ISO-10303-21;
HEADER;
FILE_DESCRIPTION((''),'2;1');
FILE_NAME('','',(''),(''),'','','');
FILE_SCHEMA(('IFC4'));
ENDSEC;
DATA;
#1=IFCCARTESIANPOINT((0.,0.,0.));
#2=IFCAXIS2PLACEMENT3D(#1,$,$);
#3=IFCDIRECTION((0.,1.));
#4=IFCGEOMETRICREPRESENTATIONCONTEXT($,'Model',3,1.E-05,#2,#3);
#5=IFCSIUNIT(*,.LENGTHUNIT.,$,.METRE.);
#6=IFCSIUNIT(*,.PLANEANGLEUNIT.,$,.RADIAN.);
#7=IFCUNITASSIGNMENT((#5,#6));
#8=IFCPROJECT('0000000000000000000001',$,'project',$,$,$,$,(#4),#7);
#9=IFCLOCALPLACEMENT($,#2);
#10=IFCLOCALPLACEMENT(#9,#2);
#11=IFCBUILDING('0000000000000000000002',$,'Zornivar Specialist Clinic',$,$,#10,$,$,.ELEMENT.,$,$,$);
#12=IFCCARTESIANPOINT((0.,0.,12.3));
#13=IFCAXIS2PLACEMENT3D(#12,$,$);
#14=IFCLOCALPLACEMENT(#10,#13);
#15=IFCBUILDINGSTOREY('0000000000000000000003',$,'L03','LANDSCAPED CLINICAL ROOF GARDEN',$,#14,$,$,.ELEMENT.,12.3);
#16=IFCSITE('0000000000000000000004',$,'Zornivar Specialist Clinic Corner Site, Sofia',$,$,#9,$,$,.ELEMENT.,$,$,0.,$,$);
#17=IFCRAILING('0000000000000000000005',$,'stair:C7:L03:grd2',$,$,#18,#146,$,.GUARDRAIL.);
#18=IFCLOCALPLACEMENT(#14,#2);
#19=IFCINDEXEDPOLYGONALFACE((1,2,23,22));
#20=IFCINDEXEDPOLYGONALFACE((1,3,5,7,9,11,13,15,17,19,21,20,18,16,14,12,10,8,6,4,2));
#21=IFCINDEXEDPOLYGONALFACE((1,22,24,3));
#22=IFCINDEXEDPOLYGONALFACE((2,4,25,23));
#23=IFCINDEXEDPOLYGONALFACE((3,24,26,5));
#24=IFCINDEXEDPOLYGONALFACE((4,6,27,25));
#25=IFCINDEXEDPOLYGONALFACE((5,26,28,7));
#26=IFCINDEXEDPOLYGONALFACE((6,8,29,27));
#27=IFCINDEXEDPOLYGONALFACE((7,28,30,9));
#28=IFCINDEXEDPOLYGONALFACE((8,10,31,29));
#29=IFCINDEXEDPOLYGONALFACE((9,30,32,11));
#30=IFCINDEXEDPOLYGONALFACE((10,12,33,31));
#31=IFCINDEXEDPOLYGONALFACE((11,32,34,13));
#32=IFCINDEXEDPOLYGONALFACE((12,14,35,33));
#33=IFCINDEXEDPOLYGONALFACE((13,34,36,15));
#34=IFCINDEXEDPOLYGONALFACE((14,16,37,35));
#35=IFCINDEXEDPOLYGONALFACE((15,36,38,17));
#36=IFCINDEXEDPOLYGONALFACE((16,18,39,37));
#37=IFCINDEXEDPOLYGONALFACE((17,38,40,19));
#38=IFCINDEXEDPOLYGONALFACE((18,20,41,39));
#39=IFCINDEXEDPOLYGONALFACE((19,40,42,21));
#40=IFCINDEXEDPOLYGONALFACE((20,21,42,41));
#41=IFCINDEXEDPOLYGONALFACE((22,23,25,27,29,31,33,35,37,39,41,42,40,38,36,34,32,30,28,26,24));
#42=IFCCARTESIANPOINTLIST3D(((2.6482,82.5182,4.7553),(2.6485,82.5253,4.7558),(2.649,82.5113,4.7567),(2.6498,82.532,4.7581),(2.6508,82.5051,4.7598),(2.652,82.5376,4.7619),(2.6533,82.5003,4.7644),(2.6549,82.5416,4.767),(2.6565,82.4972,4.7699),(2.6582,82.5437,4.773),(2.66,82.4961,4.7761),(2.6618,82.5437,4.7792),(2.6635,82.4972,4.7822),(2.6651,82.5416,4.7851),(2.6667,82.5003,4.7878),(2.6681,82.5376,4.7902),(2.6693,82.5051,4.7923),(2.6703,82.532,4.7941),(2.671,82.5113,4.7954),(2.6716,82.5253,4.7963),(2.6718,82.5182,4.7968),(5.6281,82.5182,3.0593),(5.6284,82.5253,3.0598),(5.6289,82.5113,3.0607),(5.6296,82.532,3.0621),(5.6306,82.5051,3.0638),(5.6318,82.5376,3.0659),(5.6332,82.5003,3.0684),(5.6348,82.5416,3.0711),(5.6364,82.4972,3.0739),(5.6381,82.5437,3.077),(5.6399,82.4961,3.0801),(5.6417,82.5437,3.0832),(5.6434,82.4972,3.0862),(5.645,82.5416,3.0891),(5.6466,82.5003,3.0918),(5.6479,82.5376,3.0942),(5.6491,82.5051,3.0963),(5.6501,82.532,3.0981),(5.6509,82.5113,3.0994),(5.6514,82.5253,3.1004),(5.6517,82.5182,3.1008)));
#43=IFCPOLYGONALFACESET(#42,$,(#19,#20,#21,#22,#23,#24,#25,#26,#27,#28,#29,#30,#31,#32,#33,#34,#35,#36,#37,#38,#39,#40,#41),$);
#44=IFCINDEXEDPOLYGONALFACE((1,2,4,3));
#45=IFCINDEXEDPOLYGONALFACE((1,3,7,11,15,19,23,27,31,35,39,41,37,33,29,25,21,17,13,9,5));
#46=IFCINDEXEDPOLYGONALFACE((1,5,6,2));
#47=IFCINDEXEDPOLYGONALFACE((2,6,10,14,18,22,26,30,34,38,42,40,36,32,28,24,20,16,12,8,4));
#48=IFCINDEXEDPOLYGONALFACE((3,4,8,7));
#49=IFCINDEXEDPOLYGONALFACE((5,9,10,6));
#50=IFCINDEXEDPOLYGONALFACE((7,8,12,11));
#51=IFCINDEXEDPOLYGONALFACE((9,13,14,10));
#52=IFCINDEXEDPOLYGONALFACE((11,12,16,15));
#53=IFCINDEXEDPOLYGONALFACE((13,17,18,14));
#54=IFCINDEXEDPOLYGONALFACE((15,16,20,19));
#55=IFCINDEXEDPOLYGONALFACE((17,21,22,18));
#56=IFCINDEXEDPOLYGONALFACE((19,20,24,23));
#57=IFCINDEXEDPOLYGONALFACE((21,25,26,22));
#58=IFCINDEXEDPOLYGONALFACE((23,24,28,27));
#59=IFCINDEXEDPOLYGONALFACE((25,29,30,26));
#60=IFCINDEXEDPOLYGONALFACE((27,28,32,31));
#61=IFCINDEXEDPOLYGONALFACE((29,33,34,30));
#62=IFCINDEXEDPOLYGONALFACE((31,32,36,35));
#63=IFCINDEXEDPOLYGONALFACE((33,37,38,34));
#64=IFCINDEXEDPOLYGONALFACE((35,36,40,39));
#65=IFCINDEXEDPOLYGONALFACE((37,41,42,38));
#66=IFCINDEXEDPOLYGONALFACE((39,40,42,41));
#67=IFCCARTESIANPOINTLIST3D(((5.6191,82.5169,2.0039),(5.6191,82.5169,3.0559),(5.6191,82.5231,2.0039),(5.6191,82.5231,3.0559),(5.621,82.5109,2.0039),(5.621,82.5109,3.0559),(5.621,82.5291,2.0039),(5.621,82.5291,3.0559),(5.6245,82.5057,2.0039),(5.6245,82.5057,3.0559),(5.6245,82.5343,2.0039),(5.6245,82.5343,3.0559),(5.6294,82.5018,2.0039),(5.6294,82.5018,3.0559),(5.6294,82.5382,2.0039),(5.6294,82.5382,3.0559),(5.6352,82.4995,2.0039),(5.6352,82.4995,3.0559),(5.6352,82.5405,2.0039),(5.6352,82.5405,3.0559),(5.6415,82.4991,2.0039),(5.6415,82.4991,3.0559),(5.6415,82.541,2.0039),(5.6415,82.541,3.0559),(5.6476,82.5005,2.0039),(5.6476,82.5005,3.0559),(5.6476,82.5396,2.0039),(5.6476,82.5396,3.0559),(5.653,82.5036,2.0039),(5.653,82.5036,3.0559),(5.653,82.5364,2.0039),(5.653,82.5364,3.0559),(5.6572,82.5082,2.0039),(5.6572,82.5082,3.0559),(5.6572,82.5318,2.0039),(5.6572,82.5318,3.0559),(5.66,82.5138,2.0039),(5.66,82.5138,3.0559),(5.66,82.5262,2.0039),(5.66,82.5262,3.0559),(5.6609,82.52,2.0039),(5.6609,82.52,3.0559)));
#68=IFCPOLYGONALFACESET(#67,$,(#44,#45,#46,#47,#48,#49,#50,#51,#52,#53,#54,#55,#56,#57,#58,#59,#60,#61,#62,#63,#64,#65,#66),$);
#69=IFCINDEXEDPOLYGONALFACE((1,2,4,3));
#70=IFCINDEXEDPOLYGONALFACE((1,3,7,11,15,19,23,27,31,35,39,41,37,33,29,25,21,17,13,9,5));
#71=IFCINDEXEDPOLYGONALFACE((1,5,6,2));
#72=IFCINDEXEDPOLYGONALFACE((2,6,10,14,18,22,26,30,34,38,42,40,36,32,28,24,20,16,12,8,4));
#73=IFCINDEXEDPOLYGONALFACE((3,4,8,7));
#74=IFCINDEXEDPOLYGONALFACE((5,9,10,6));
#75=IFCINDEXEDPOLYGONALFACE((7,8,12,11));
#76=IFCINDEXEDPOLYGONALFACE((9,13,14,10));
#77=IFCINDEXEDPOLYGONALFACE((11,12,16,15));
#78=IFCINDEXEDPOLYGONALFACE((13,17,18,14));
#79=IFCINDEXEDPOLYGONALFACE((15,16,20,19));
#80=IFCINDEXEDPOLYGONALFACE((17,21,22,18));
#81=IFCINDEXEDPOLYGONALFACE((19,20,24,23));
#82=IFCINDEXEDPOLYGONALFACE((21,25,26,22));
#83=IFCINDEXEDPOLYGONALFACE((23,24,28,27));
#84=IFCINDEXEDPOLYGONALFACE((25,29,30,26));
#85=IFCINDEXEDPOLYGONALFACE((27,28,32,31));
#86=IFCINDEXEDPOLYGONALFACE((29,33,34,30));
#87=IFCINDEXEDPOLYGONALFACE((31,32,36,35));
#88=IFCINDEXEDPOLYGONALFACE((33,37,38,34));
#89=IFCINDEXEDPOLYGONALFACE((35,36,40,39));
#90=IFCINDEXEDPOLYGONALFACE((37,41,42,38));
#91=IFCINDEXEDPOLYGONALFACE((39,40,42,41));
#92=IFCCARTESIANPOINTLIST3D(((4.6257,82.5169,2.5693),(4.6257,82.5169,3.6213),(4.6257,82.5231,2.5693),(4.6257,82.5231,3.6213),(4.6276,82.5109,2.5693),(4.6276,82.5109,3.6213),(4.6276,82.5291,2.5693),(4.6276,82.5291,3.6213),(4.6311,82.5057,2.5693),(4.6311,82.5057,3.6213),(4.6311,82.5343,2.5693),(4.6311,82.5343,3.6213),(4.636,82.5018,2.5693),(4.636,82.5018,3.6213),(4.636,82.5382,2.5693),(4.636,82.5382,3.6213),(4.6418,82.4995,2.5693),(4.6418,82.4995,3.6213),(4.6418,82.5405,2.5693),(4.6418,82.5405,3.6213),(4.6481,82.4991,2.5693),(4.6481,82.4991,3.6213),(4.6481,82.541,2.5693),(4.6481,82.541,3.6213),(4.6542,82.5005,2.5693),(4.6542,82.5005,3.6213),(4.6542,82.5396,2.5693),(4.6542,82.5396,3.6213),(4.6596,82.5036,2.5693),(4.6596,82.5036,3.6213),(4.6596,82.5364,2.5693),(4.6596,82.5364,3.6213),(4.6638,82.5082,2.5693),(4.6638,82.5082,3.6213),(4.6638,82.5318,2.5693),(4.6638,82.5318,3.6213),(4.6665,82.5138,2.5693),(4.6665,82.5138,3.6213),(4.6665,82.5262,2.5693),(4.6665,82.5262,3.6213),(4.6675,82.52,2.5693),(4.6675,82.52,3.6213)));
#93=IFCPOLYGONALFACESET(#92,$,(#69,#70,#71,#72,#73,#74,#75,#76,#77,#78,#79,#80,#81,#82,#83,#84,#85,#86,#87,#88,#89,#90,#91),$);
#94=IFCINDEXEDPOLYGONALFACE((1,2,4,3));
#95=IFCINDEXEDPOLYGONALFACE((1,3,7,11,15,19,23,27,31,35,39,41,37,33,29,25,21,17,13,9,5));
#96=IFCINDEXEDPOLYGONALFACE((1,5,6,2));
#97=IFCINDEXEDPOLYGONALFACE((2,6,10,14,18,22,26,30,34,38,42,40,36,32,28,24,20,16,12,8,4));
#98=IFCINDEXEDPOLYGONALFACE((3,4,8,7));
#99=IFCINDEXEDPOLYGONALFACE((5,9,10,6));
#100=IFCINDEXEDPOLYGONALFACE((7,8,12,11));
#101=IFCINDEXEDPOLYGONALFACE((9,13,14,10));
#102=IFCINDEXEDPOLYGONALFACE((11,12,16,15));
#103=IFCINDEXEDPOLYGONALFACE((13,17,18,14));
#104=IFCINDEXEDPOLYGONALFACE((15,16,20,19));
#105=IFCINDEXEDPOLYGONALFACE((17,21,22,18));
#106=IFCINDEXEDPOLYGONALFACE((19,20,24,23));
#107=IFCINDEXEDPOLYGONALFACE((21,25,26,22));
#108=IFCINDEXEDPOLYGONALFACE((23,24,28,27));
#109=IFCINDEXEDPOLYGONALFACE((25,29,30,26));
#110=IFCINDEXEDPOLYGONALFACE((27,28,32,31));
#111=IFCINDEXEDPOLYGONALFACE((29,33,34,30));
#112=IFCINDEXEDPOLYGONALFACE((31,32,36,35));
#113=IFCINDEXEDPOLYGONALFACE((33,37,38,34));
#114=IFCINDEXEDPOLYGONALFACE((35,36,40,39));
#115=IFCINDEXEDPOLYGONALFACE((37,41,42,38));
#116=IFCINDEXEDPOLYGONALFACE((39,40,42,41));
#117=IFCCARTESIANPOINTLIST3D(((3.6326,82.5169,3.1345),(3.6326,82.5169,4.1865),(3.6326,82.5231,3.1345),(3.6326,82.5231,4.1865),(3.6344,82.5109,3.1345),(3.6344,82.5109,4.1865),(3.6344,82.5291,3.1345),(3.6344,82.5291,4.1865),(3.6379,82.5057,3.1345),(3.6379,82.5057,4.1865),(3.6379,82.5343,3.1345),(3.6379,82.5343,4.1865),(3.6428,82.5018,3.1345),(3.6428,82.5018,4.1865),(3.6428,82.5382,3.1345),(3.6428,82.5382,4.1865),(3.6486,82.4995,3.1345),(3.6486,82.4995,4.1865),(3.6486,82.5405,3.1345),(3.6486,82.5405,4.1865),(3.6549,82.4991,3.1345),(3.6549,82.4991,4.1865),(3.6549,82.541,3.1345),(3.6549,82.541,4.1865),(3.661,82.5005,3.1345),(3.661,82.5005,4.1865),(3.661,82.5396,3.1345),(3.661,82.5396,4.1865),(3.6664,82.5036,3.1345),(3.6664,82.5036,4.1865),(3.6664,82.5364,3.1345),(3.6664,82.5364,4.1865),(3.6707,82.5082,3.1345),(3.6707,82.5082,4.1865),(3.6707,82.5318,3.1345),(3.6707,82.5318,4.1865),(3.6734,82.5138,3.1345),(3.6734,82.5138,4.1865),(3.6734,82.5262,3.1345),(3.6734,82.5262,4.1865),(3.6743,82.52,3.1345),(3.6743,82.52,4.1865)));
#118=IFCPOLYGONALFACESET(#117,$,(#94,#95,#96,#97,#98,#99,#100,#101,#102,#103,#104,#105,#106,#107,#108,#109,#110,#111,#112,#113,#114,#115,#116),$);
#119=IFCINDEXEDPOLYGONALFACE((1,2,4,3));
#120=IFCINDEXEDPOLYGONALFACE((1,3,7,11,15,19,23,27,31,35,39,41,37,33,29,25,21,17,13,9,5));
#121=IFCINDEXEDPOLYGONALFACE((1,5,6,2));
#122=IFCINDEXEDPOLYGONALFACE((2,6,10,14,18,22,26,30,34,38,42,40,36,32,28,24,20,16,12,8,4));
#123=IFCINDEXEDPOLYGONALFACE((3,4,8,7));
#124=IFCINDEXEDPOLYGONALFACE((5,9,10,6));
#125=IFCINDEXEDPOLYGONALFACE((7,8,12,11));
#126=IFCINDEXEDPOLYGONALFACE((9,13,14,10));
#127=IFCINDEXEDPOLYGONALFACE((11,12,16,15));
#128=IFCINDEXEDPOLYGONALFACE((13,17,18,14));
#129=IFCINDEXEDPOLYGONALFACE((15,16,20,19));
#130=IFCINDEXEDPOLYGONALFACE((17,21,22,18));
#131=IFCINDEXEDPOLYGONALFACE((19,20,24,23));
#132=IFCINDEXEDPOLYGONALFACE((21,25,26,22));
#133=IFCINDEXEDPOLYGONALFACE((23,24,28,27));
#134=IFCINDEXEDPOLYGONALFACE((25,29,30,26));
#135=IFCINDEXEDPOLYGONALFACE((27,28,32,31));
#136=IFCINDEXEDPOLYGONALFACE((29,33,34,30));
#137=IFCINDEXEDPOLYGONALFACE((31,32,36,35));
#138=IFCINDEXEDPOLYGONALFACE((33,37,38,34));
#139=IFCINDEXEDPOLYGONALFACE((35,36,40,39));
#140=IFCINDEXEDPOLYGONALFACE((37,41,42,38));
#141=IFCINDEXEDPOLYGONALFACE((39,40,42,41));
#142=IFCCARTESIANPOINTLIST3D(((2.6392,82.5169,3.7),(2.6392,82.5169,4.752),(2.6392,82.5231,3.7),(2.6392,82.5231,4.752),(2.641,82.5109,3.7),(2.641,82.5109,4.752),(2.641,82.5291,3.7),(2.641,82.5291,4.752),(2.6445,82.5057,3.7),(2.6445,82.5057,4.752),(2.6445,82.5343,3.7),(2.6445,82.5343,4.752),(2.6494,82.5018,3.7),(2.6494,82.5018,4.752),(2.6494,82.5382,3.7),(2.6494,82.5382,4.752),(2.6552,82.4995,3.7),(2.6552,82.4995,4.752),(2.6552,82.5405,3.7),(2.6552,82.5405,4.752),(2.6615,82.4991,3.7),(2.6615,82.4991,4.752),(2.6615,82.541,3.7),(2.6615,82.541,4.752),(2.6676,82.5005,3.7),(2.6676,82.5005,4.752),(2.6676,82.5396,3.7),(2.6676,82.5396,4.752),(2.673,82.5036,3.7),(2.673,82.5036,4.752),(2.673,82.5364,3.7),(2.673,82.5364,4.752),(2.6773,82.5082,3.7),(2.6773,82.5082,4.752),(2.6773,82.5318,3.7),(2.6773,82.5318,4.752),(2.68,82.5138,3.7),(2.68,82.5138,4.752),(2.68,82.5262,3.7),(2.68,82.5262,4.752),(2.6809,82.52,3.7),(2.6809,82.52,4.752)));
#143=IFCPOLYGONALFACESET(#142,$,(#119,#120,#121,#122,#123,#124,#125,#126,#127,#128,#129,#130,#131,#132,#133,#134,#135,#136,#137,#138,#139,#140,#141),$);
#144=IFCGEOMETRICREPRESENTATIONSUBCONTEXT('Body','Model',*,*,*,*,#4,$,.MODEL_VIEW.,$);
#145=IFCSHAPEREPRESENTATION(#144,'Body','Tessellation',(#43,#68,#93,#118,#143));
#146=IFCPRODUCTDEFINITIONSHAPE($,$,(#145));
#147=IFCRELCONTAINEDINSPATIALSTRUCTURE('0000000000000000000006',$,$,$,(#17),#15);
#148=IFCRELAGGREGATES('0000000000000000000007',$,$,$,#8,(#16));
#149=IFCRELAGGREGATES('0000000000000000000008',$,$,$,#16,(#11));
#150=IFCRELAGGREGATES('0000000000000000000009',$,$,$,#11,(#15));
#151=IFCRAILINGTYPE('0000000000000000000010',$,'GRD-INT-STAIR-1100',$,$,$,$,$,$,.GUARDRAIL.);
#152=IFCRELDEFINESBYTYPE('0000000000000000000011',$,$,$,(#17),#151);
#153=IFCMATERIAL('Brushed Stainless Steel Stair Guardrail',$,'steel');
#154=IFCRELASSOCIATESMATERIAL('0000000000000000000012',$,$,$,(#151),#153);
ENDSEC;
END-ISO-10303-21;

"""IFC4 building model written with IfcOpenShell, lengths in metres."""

from ifc_helpers import new_model, si_unit, direction, frame, origin, origin_2d, place, context, subcontext, project, spatial, circle, extrude, material, type_object, element, save


model = new_model("IFC4")

# Units and contexts
model_context = context("Model", 3, precision=1e-05, world=origin(), true_north=direction((0.0, 1.0)))
body_context = subcontext(model_context, "Body", "Model", "MODEL_VIEW")
ifc_project = project(units=[si_unit("LENGTHUNIT", "METRE"), si_unit("PLANEANGLEUNIT", "RADIAN")], contexts=[model_context])

# Site, building, storey
site_placement = place(None, origin())
site = spatial("IfcSite", under=ifc_project, at=site_placement, Name="Zornivar Specialist Clinic Corner Site, Sofia", CompositionType="ELEMENT", RefElevation=0.0)
building_placement = place(site_placement, origin())
building = spatial("IfcBuilding", under=site, at=building_placement, Name="Zornivar Specialist Clinic", CompositionType="ELEMENT")
storey_placement = place(building_placement, frame((0.0, 0.0, 12.3)))
storey = spatial("IfcBuildingStorey", under=building, at=storey_placement, Name="L03", Description="LANDSCAPED CLINICAL ROOF GARDEN", CompositionType="ELEMENT", Elevation=12.3)

# Railing
ifc_material_1 = material(Name="Brushed Stainless Steel Stair Guardrail", Category="steel")
railing_type_1 = type_object("IfcRailingType", Name="GRD-INT-STAIR-1100", PredefinedType="GUARDRAIL", material=ifc_material_1)
railing_1_placement = place(storey_placement, frame((5.6399, 82.52, 2.0039)))
element("IfcRailing", 1, at=railing_1_placement, inside=storey, type_object=railing_type_1, Name="stair:C7:L03:grd2", PredefinedType="GUARDRAIL", context=body_context, shape_type="SweptSolid", body=[
    extrude(circle(Radius=0.0239, at=origin_2d()), frame((0.0, 0.0, 1.0762), z_axis=(-0.869096, 0.0, 0.494643), x_axis=(0.0, -1.0, 0.0)), (0.0, 0.0, 1.0), 3.4287),
    extrude(circle(Radius=0.021, at=origin_2d()), origin(), (0.0, 0.0, 1.0), 1.052),
    extrude(circle(Radius=0.021, at=origin_2d()), frame((-0.9934, 0.0, 0.5654)), (0.0, 0.0, 1.0), 1.052),
    extrude(circle(Radius=0.021, at=origin_2d()), frame((-1.9866, 0.0, 1.1306)), (0.0, 0.0, 1.0), 1.052),
    extrude(circle(Radius=0.021, at=origin_2d()), frame((-2.98, 0.0, 1.696)), (0.0, 0.0, 1.0), 1.052),
])

save(model, "model.ifc")
